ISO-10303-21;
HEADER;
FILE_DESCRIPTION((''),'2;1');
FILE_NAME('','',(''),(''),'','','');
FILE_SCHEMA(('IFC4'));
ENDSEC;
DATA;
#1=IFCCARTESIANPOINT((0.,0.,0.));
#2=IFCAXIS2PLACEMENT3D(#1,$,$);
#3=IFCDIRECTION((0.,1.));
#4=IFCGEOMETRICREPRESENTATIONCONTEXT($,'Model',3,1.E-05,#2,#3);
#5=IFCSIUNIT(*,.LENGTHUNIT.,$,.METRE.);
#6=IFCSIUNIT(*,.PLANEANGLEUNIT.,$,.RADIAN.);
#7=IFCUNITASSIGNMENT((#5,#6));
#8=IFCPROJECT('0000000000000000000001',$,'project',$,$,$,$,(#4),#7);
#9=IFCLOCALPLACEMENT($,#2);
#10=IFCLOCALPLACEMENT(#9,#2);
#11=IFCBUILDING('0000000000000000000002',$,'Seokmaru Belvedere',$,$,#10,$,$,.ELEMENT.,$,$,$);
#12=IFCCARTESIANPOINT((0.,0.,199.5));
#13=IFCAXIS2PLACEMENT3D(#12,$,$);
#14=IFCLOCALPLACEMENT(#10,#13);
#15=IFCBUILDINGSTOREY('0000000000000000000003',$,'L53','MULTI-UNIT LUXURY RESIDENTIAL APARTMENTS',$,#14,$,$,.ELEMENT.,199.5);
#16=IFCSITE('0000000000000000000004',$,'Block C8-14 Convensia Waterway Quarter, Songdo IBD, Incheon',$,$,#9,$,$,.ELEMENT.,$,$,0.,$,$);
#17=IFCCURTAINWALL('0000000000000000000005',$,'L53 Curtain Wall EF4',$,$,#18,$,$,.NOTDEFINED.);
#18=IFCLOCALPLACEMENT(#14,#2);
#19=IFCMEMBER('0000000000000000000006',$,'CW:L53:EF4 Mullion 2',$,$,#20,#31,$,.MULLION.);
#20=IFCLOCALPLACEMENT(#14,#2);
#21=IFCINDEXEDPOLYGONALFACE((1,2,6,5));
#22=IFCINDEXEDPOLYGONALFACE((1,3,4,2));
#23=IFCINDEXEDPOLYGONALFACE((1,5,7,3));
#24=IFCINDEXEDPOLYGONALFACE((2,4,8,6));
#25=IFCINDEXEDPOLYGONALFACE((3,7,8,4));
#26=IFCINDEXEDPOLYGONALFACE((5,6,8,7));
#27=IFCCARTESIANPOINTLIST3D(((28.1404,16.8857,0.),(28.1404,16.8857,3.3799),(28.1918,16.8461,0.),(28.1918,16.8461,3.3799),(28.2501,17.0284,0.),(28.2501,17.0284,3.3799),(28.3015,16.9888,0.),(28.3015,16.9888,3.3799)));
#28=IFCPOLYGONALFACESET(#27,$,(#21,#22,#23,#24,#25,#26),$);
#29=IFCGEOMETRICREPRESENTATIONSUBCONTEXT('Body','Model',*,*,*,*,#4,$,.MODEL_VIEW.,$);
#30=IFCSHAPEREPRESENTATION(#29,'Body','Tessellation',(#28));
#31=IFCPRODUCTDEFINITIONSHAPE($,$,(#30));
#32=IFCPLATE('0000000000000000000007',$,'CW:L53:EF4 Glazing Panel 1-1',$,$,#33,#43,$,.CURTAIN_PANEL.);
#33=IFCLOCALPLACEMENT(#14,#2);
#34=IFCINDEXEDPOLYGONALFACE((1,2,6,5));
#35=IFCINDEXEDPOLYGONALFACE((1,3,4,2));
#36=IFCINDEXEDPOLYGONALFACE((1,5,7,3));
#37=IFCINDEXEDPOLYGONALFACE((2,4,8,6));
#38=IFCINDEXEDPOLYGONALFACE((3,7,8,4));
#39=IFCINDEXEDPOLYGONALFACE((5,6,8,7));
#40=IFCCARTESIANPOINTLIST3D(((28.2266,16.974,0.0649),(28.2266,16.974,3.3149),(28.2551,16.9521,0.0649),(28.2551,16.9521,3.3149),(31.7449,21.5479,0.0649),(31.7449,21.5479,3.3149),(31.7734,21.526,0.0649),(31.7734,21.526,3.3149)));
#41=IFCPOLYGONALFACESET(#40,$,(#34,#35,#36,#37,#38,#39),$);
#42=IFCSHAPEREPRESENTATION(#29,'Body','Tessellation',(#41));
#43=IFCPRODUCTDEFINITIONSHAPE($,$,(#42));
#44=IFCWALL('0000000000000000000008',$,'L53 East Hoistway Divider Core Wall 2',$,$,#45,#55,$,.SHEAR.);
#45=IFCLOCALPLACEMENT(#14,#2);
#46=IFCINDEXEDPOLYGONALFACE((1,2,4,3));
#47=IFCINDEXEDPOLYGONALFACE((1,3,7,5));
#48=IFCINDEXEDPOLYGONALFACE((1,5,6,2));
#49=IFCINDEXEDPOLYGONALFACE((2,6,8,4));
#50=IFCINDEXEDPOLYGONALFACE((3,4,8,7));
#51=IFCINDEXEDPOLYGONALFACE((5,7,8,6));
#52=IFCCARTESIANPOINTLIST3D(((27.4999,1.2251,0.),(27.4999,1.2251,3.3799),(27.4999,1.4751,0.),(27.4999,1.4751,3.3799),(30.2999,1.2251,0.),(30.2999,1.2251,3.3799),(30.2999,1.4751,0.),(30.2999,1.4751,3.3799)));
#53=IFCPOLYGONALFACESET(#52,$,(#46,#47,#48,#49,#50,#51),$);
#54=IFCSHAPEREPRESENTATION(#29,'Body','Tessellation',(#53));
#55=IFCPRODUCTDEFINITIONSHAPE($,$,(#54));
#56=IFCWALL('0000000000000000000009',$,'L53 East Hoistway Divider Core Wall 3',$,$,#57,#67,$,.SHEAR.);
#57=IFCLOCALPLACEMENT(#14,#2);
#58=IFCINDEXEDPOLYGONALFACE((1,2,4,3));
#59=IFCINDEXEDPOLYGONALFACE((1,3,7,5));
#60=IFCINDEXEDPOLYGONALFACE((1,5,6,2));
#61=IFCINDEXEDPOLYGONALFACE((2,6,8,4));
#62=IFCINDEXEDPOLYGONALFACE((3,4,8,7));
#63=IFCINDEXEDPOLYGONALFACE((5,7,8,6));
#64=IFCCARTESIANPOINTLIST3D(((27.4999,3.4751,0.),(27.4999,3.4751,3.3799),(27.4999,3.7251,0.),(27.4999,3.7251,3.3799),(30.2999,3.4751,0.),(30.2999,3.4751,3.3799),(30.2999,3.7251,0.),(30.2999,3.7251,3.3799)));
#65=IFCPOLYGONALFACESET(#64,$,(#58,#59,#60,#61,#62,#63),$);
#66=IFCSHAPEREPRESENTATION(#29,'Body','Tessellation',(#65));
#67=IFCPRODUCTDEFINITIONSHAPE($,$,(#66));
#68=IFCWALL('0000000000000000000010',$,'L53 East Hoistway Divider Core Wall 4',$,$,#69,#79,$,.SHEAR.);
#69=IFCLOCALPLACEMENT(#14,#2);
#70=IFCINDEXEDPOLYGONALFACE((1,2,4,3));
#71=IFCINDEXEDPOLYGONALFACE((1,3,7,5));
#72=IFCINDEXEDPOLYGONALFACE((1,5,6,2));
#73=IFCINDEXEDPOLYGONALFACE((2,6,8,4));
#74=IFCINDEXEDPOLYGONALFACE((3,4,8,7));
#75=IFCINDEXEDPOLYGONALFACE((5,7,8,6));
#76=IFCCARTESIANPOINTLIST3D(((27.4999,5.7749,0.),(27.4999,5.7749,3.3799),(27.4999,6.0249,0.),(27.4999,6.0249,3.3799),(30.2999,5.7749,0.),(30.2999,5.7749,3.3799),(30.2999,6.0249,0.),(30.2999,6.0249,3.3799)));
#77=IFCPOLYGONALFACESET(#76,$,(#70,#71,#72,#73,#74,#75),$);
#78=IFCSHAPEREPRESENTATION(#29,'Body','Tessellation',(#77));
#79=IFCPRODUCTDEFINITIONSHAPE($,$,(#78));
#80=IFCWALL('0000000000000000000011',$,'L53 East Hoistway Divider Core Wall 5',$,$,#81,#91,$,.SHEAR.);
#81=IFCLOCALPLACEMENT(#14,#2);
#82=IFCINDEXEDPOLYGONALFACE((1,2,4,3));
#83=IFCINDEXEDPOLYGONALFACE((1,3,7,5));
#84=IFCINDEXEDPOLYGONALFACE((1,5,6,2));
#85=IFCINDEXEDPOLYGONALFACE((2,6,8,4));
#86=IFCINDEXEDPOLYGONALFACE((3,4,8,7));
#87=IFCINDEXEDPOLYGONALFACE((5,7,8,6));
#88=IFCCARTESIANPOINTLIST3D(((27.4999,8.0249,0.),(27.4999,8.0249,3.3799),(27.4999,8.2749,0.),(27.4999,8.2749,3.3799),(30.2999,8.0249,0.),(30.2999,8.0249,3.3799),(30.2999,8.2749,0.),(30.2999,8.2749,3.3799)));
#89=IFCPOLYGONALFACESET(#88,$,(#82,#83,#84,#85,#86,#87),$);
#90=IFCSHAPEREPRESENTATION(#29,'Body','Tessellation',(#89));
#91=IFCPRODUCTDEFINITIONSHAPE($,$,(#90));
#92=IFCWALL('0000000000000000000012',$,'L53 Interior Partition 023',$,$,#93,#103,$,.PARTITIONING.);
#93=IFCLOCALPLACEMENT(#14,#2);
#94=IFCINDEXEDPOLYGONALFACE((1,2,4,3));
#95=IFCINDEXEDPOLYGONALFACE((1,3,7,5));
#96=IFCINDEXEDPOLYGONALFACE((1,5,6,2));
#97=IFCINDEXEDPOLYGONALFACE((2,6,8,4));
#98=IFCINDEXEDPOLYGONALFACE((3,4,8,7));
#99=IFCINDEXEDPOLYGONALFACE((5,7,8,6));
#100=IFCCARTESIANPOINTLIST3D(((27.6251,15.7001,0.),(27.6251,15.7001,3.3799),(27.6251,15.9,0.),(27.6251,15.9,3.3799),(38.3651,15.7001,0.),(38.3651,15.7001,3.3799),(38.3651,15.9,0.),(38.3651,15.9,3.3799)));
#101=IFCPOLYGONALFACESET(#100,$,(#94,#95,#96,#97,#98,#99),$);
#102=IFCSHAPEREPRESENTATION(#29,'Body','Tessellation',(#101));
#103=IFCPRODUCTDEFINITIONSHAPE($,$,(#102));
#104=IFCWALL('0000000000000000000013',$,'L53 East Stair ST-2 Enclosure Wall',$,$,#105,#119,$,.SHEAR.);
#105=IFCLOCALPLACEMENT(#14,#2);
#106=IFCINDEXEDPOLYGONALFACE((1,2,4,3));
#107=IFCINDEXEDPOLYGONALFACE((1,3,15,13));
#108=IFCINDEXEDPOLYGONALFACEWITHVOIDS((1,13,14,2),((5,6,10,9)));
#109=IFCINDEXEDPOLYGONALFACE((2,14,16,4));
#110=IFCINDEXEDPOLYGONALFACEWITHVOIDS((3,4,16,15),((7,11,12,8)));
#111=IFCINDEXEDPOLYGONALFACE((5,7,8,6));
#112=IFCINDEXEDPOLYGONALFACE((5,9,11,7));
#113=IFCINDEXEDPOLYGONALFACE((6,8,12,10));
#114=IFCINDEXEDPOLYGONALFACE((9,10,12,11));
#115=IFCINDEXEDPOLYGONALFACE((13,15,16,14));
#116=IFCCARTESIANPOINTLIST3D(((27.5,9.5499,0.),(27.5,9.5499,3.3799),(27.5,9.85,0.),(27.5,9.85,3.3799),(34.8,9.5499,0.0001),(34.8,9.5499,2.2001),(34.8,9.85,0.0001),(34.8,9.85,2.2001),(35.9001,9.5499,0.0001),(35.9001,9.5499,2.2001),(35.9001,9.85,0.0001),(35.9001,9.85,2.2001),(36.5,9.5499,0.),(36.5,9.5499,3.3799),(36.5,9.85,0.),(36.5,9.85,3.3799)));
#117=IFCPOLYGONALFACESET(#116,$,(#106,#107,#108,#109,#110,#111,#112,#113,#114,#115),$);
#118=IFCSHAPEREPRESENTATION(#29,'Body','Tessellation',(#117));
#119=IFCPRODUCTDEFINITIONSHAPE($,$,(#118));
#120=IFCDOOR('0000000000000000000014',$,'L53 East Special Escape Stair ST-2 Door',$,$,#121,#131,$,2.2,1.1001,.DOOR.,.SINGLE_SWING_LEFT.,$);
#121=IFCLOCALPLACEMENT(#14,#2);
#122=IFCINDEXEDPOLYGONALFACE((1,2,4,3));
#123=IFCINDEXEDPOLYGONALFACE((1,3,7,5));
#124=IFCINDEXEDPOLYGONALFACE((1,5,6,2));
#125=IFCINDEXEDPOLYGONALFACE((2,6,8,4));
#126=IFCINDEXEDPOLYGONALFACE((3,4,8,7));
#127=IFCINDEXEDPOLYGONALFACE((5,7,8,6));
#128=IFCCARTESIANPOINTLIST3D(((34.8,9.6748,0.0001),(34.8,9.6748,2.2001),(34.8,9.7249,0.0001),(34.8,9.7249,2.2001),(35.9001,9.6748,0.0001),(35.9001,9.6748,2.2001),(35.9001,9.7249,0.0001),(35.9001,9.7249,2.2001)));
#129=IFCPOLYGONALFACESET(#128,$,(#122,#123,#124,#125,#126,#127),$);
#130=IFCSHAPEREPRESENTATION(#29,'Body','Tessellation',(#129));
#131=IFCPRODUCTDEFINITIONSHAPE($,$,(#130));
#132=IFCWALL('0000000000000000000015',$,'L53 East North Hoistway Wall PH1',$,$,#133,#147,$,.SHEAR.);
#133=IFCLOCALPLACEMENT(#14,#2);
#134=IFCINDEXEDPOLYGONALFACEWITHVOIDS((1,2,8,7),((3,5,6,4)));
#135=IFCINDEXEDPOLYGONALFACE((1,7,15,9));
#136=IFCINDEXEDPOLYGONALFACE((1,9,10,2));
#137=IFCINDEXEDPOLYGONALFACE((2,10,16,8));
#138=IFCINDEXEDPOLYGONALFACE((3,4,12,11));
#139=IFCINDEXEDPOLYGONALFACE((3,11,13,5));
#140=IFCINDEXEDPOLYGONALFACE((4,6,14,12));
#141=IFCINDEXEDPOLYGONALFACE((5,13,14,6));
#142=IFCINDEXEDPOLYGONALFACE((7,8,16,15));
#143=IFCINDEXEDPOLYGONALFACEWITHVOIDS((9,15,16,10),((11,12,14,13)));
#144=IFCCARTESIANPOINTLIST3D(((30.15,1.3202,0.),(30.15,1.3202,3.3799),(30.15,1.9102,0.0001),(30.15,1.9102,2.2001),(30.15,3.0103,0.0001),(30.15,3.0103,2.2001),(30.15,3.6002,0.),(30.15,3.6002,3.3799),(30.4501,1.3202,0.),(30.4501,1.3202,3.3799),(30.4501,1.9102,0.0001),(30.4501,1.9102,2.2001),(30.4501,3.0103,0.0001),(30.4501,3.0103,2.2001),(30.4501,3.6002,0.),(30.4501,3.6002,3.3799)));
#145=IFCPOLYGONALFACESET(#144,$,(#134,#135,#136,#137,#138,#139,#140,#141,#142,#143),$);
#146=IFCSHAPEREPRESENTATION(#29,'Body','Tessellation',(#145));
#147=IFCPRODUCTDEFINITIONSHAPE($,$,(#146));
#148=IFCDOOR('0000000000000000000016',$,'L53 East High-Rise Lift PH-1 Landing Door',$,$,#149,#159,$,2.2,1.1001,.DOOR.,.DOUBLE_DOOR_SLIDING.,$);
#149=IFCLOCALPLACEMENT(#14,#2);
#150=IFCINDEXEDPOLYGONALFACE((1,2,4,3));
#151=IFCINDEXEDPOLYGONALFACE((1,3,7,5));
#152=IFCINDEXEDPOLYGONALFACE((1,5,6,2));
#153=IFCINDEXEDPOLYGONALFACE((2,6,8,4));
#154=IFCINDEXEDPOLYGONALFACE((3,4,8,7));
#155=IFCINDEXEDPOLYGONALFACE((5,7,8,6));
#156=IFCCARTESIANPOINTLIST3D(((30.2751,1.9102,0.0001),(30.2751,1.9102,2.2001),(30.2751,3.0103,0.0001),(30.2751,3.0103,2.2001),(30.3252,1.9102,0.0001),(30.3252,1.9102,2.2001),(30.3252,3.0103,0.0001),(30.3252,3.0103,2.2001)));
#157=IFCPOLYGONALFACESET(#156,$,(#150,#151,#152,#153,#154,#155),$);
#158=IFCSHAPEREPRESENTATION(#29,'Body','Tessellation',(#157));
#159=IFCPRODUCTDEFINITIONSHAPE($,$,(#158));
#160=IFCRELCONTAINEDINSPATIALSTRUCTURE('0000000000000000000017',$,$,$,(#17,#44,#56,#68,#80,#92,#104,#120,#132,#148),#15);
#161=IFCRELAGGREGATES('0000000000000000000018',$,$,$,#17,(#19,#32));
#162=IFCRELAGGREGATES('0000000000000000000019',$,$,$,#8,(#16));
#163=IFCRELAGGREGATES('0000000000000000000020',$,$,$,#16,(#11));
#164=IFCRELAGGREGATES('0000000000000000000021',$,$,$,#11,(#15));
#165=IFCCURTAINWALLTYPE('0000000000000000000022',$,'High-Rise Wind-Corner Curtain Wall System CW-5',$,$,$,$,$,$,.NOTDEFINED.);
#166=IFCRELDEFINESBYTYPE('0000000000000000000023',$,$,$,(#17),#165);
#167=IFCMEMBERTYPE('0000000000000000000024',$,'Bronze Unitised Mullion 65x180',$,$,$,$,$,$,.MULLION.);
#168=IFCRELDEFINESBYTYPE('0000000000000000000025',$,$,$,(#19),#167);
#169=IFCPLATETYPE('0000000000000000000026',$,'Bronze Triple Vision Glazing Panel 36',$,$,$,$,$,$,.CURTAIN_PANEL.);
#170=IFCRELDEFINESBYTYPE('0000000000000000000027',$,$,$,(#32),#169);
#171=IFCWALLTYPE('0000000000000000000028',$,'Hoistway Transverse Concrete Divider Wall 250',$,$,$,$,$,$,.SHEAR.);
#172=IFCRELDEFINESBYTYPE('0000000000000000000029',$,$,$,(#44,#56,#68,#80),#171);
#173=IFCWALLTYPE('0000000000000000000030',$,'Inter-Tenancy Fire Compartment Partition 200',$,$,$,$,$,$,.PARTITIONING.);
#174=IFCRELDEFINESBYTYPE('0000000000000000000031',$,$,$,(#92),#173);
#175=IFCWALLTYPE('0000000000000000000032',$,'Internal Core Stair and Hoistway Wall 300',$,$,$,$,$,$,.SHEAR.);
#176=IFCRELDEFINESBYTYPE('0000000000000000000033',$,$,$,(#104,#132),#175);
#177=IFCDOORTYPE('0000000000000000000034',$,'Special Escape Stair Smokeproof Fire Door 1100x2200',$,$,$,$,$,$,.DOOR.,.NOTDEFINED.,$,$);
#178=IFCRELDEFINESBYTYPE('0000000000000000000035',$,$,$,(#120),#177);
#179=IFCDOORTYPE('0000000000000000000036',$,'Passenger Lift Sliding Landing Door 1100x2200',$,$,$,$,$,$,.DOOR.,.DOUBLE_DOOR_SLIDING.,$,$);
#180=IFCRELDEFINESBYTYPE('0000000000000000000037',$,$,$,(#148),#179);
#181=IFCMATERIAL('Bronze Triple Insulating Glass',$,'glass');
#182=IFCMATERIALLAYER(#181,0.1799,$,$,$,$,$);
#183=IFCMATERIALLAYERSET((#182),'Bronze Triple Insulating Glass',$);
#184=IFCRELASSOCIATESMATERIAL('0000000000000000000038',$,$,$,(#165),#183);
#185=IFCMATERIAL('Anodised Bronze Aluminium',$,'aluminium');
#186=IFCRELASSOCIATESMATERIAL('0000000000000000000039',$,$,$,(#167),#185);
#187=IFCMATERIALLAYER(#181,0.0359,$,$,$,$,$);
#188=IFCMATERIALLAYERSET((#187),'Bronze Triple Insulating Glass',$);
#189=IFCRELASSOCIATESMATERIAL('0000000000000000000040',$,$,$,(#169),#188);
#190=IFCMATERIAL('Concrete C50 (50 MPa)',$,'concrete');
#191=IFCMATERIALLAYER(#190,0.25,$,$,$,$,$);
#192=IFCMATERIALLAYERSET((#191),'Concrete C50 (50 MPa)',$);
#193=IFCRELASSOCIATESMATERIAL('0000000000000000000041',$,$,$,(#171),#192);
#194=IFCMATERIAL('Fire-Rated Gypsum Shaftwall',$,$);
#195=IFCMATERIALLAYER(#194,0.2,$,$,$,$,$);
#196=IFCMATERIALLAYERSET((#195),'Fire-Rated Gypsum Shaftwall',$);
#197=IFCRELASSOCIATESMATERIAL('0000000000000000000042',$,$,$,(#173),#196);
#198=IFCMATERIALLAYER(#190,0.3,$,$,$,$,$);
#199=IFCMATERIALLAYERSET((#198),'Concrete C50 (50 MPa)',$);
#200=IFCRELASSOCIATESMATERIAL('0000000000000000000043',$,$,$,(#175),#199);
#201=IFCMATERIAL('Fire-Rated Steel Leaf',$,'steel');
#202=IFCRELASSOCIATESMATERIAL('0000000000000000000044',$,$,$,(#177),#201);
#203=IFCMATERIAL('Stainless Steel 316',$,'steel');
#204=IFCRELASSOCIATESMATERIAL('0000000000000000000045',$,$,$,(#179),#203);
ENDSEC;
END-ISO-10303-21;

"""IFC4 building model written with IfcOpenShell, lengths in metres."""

from ifc_helpers import new_model, si_unit, direction, frame, frame_2d, origin, origin_2d, place, context, subcontext, project, spatial, rectangle, extrude, source, transform, mapped, material, layer, layer_set, material_profile, profile_set, type_object, type_shapes, element, fill, aggregate, save


model = new_model("IFC4")

# Units and contexts
model_context = context("Model", 3, precision=1e-05, world=origin(), true_north=direction((0.0, 1.0)))
body_context = subcontext(model_context, "Body", "Model", "MODEL_VIEW")
ifc_project = project(units=[si_unit("LENGTHUNIT", "METRE"), si_unit("PLANEANGLEUNIT", "RADIAN")], contexts=[model_context])

# Site, building, storey
site_placement = place(None, origin())
site = spatial("IfcSite", under=ifc_project, at=site_placement, Name="Block C8-14 Convensia Waterway Quarter, Songdo IBD, Incheon", CompositionType="ELEMENT", RefElevation=0.0)
building_placement = place(site_placement, origin())
building = spatial("IfcBuilding", under=site, at=building_placement, Name="Seokmaru Belvedere", CompositionType="ELEMENT")
storey_placement = place(building_placement, frame((0.0, 0.0, 199.5)))
storey = spatial("IfcBuildingStorey", under=building, at=storey_placement, Name="L53", Description="MULTI-UNIT LUXURY RESIDENTIAL APARTMENTS", CompositionType="ELEMENT", Elevation=199.5)

# Curtain wall, member, plate
ifc_material_1 = material(Name="Bronze Triple Insulating Glass", Category="glass")
ifc_layer_1 = layer(ifc_material_1, 0.1799)
ifc_layer_set_1 = layer_set([ifc_layer_1], Name="Bronze Triple Insulating Glass")
curtain_wall_type = type_object("IfcCurtainWallType", Name="High-Rise Wind-Corner Curtain Wall System CW-5", PredefinedType="NOTDEFINED", material=ifc_layer_set_1)
curtain_wall_placement = place(storey_placement, origin())
curtain_wall = element("IfcCurtainWall", 1, at=curtain_wall_placement, inside=storey, type_object=curtain_wall_type, Name="L53 Curtain Wall EF4", PredefinedType="NOTDEFINED")
ifc_material_2 = material(Name="Anodised Bronze Aluminium", Category="aluminium")
ifc_material_profile_1 = material_profile(ifc_material_2, rectangle(XDim=0.0649, YDim=0.1799, at=origin_2d()), Name="CW-M-65x180")
ifc_profile_set_1 = profile_set([ifc_material_profile_1], Name="Anodised Bronze Aluminium")
member_type = type_object("IfcMemberType", Name="Bronze Unitised Mullion 65x180", PredefinedType="MULLION", material=ifc_profile_set_1)
shared_shape_1 = source(origin(), body_context, "Body", "SweptSolid", [
    extrude(rectangle(XDim=0.0649, YDim=0.1799, at=origin_2d()), origin(), (0.0, 0.0, 1.0), 3.3799),
])
type_shapes(member_type, [shared_shape_1])
member_placement = place(storey_placement, frame((28.2209, 16.9373, 0.0), z_axis=(0.0, 0.0, 1.0), x_axis=(0.792631, -0.609701, 0.0)))
member = element("IfcMember", 2, at=member_placement, type_object=member_type, Name="CW:L53:EF4 Mullion 2", PredefinedType="MULLION", context=body_context, shape_type="MappedRepresentation", body=[
    mapped(shared_shape_1, transform((0.0, 0.0, 0.0), scale=1.0)),
])
ifc_layer_2 = layer(ifc_material_1, 0.0359)
ifc_layer_set_2 = layer_set([ifc_layer_2], Name="Bronze Triple Insulating Glass")
plate_type = type_object("IfcPlateType", Name="Bronze Triple Vision Glazing Panel 36", PredefinedType="CURTAIN_PANEL", material=ifc_layer_set_2)
shared_shape_2 = source(origin(), body_context, "Body", "SweptSolid", [
    extrude(rectangle(XDim=5.7705, YDim=0.0359, at=origin_2d()), origin(), (0.0, 0.0, 1.0), 3.25),
])
type_shapes(plate_type, [shared_shape_2])
plate_placement = place(storey_placement, frame((30.0, 19.25, 0.0649), z_axis=(0.0, 0.0, 1.0), x_axis=(-0.609701, -0.792631, 0.0)))
plate = element("IfcPlate", 3, at=plate_placement, type_object=plate_type, Name="CW:L53:EF4 Glazing Panel 1-1", PredefinedType="CURTAIN_PANEL", context=body_context, shape_type="MappedRepresentation", body=[
    mapped(shared_shape_2, transform((0.0, 0.0, 0.0), scale=1.0)),
])
aggregate(curtain_wall, [member, plate])

# Walls
ifc_material_3 = material(Name="Concrete C50 (50 MPa)", Category="concrete")
ifc_layer_3 = layer(ifc_material_3, 0.25)
ifc_layer_set_3 = layer_set([ifc_layer_3], Name="Concrete C50 (50 MPa)")
wall_type_1 = type_object("IfcWallType", Name="Hoistway Transverse Concrete Divider Wall 250", PredefinedType="SHEAR", material=ifc_layer_set_3)
for number, where, z_axis, x_axis, name in (
    (4, (27.5, 1.3501, 0.0), (0.0, 0.0, 1.0), (1.0, 0.0, 0.0), "L53 East Hoistway Divider Core Wall 2"),
    (5, (27.5, 3.6001, 0.0), (0.0, 0.0, 1.0), (1.0, 0.0, 0.0), "L53 East Hoistway Divider Core Wall 3"),
    (6, (27.5, 5.8999, 0.0), (0.0, 0.0, 1.0), (1.0, 0.0, 0.0), "L53 East Hoistway Divider Core Wall 4"),
    (7, (27.5, 8.1499, 0.0), (0.0, 0.0, 1.0), (1.0, 0.0, 0.0), "L53 East Hoistway Divider Core Wall 5"),
):
    element("IfcWall", number, at=place(storey_placement, frame(where, z_axis=z_axis, x_axis=x_axis)), inside=storey, type_object=wall_type_1, Name=name, PredefinedType="SHEAR", context=body_context, shape_type="SweptSolid", body=[
        extrude(rectangle(XDim=2.8, YDim=0.25, at=frame_2d((1.3999, 0.0))), origin(), (0.0, 0.0, 1.0), 3.3799),
    ])
ifc_material_4 = material(Name="Fire-Rated Gypsum Shaftwall")
ifc_layer_4 = layer(ifc_material_4, 0.2)
ifc_layer_set_4 = layer_set([ifc_layer_4], Name="Fire-Rated Gypsum Shaftwall")
wall_type_2 = type_object("IfcWallType", Name="Inter-Tenancy Fire Compartment Partition 200", PredefinedType="PARTITIONING", material=ifc_layer_set_4)
wall_1_placement = place(storey_placement, frame((27.625, 15.8, 0.0), z_axis=(0.0, 0.0, 1.0), x_axis=(1.0, 0.0, 0.0)))
element("IfcWall", 8, at=wall_1_placement, inside=storey, type_object=wall_type_2, Name="L53 Interior Partition 023", PredefinedType="PARTITIONING", context=body_context, shape_type="SweptSolid", body=[
    extrude(rectangle(XDim=10.74, YDim=0.2, at=frame_2d((5.3701, 0.0))), origin(), (0.0, 0.0, 1.0), 3.3799),
])

# Walls, openings, doors
ifc_layer_5 = layer(ifc_material_3, 0.3)
ifc_layer_set_5 = layer_set([ifc_layer_5], Name="Concrete C50 (50 MPa)")
wall_type_3 = type_object("IfcWallType", Name="Internal Core Stair and Hoistway Wall 300", PredefinedType="SHEAR", material=ifc_layer_set_5)
wall_2_placement = place(storey_placement, frame((27.5, 9.7, 0.0), z_axis=(0.0, 0.0, 1.0), x_axis=(1.0, 0.0, 0.0)))
wall_2 = element("IfcWall", 9, at=wall_2_placement, inside=storey, type_object=wall_type_3, Name="L53 East Stair ST-2 Enclosure Wall", PredefinedType="SHEAR", context=body_context, shape_type="SweptSolid", body=[
    extrude(rectangle(XDim=9.0, YDim=0.3, at=frame_2d((4.5, 0.0))), origin(), (0.0, 0.0, 1.0), 3.3799),
])
opening_1_placement = place(wall_2_placement, frame((7.3, 0.0, 0.0)))
opening_1 = element("IfcOpeningElement", 10, at=opening_1_placement, cuts=wall_2, PredefinedType="OPENING", context=body_context, shape_type="SweptSolid", body=[
    extrude(rectangle(XDim=1.1001, YDim=2.2, at=frame_2d((0.55, 1.1001))), frame((0.0, 0.1602, 0.0), z_axis=(0.0, -1.0, 0.0), x_axis=(1.0, 0.0, 0.0)), (0.0, 0.0, 1.0), 0.3201),
])
ifc_material_5 = material(Name="Fire-Rated Steel Leaf", Category="steel")
door_type_1 = type_object("IfcDoorType", Name="Special Escape Stair Smokeproof Fire Door 1100x2200", OperationType="NOTDEFINED", PredefinedType="DOOR", material=ifc_material_5)
shared_shape_3 = source(origin(), body_context, "Body", "SweptSolid", [
    extrude(rectangle(XDim=1.1001, YDim=2.2, at=frame_2d((0.55, 1.1001))), frame((0.0, 0.0249, 0.0), z_axis=(0.0, -1.0, 0.0), x_axis=(1.0, 0.0, 0.0)), (0.0, 0.0, 1.0), 0.05),
])
type_shapes(door_type_1, [shared_shape_3])
door_1_placement = place(opening_1_placement, origin())
door_1 = element("IfcDoor", 11, at=door_1_placement, inside=storey, type_object=door_type_1, Name="L53 East Special Escape Stair ST-2 Door", OperationType="SINGLE_SWING_LEFT", OverallHeight=2.2, OverallWidth=1.1001, PredefinedType="DOOR", context=body_context, shape_type="MappedRepresentation", body=[
    mapped(shared_shape_3, transform((0.0, 0.0, 0.0), scale=1.0)),
])
fill(opening_1, door_1)
wall_3_placement = place(storey_placement, frame((30.3, 1.3201, 0.0), z_axis=(0.0, 0.0, 1.0), x_axis=(0.0, 1.0, 0.0)))
wall_3 = element("IfcWall", 12, at=wall_3_placement, inside=storey, type_object=wall_type_3, Name="L53 East North Hoistway Wall PH1", PredefinedType="SHEAR", context=body_context, shape_type="SweptSolid", body=[
    extrude(rectangle(XDim=2.28, YDim=0.3, at=frame_2d((1.1401, 0.0))), origin(), (0.0, 0.0, 1.0), 3.3799),
])
opening_2_placement = place(wall_3_placement, frame((0.5901, 0.0, 0.0)))
opening_2 = element("IfcOpeningElement", 13, at=opening_2_placement, cuts=wall_3, PredefinedType="OPENING", context=body_context, shape_type="SweptSolid", body=[
    extrude(rectangle(XDim=1.1001, YDim=2.2, at=frame_2d((0.55, 1.1001))), frame((0.0, 0.1602, 0.0), z_axis=(0.0, -1.0, 0.0), x_axis=(1.0, 0.0, 0.0)), (0.0, 0.0, 1.0), 0.3201),
])
ifc_material_6 = material(Name="Stainless Steel 316", Category="steel")
door_type_2 = type_object("IfcDoorType", Name="Passenger Lift Sliding Landing Door 1100x2200", OperationType="DOUBLE_DOOR_SLIDING", PredefinedType="DOOR", material=ifc_material_6)
shared_shape_4 = source(origin(), body_context, "Body", "SweptSolid", [
    extrude(rectangle(XDim=1.1001, YDim=2.2, at=frame_2d((0.55, 1.1001))), frame((0.0, 0.0249, 0.0), z_axis=(0.0, -1.0, 0.0), x_axis=(1.0, 0.0, 0.0)), (0.0, 0.0, 1.0), 0.05),
])
type_shapes(door_type_2, [shared_shape_4])
door_2_placement = place(opening_2_placement, origin())
door_2 = element("IfcDoor", 14, at=door_2_placement, inside=storey, type_object=door_type_2, Name="L53 East High-Rise Lift PH-1 Landing Door", OperationType="DOUBLE_DOOR_SLIDING", OverallHeight=2.2, OverallWidth=1.1001, PredefinedType="DOOR", context=body_context, shape_type="MappedRepresentation", body=[
    mapped(shared_shape_4, transform((0.0, 0.0, 0.0), scale=1.0)),
])
fill(opening_2, door_2)

save(model, "model.ifc")
